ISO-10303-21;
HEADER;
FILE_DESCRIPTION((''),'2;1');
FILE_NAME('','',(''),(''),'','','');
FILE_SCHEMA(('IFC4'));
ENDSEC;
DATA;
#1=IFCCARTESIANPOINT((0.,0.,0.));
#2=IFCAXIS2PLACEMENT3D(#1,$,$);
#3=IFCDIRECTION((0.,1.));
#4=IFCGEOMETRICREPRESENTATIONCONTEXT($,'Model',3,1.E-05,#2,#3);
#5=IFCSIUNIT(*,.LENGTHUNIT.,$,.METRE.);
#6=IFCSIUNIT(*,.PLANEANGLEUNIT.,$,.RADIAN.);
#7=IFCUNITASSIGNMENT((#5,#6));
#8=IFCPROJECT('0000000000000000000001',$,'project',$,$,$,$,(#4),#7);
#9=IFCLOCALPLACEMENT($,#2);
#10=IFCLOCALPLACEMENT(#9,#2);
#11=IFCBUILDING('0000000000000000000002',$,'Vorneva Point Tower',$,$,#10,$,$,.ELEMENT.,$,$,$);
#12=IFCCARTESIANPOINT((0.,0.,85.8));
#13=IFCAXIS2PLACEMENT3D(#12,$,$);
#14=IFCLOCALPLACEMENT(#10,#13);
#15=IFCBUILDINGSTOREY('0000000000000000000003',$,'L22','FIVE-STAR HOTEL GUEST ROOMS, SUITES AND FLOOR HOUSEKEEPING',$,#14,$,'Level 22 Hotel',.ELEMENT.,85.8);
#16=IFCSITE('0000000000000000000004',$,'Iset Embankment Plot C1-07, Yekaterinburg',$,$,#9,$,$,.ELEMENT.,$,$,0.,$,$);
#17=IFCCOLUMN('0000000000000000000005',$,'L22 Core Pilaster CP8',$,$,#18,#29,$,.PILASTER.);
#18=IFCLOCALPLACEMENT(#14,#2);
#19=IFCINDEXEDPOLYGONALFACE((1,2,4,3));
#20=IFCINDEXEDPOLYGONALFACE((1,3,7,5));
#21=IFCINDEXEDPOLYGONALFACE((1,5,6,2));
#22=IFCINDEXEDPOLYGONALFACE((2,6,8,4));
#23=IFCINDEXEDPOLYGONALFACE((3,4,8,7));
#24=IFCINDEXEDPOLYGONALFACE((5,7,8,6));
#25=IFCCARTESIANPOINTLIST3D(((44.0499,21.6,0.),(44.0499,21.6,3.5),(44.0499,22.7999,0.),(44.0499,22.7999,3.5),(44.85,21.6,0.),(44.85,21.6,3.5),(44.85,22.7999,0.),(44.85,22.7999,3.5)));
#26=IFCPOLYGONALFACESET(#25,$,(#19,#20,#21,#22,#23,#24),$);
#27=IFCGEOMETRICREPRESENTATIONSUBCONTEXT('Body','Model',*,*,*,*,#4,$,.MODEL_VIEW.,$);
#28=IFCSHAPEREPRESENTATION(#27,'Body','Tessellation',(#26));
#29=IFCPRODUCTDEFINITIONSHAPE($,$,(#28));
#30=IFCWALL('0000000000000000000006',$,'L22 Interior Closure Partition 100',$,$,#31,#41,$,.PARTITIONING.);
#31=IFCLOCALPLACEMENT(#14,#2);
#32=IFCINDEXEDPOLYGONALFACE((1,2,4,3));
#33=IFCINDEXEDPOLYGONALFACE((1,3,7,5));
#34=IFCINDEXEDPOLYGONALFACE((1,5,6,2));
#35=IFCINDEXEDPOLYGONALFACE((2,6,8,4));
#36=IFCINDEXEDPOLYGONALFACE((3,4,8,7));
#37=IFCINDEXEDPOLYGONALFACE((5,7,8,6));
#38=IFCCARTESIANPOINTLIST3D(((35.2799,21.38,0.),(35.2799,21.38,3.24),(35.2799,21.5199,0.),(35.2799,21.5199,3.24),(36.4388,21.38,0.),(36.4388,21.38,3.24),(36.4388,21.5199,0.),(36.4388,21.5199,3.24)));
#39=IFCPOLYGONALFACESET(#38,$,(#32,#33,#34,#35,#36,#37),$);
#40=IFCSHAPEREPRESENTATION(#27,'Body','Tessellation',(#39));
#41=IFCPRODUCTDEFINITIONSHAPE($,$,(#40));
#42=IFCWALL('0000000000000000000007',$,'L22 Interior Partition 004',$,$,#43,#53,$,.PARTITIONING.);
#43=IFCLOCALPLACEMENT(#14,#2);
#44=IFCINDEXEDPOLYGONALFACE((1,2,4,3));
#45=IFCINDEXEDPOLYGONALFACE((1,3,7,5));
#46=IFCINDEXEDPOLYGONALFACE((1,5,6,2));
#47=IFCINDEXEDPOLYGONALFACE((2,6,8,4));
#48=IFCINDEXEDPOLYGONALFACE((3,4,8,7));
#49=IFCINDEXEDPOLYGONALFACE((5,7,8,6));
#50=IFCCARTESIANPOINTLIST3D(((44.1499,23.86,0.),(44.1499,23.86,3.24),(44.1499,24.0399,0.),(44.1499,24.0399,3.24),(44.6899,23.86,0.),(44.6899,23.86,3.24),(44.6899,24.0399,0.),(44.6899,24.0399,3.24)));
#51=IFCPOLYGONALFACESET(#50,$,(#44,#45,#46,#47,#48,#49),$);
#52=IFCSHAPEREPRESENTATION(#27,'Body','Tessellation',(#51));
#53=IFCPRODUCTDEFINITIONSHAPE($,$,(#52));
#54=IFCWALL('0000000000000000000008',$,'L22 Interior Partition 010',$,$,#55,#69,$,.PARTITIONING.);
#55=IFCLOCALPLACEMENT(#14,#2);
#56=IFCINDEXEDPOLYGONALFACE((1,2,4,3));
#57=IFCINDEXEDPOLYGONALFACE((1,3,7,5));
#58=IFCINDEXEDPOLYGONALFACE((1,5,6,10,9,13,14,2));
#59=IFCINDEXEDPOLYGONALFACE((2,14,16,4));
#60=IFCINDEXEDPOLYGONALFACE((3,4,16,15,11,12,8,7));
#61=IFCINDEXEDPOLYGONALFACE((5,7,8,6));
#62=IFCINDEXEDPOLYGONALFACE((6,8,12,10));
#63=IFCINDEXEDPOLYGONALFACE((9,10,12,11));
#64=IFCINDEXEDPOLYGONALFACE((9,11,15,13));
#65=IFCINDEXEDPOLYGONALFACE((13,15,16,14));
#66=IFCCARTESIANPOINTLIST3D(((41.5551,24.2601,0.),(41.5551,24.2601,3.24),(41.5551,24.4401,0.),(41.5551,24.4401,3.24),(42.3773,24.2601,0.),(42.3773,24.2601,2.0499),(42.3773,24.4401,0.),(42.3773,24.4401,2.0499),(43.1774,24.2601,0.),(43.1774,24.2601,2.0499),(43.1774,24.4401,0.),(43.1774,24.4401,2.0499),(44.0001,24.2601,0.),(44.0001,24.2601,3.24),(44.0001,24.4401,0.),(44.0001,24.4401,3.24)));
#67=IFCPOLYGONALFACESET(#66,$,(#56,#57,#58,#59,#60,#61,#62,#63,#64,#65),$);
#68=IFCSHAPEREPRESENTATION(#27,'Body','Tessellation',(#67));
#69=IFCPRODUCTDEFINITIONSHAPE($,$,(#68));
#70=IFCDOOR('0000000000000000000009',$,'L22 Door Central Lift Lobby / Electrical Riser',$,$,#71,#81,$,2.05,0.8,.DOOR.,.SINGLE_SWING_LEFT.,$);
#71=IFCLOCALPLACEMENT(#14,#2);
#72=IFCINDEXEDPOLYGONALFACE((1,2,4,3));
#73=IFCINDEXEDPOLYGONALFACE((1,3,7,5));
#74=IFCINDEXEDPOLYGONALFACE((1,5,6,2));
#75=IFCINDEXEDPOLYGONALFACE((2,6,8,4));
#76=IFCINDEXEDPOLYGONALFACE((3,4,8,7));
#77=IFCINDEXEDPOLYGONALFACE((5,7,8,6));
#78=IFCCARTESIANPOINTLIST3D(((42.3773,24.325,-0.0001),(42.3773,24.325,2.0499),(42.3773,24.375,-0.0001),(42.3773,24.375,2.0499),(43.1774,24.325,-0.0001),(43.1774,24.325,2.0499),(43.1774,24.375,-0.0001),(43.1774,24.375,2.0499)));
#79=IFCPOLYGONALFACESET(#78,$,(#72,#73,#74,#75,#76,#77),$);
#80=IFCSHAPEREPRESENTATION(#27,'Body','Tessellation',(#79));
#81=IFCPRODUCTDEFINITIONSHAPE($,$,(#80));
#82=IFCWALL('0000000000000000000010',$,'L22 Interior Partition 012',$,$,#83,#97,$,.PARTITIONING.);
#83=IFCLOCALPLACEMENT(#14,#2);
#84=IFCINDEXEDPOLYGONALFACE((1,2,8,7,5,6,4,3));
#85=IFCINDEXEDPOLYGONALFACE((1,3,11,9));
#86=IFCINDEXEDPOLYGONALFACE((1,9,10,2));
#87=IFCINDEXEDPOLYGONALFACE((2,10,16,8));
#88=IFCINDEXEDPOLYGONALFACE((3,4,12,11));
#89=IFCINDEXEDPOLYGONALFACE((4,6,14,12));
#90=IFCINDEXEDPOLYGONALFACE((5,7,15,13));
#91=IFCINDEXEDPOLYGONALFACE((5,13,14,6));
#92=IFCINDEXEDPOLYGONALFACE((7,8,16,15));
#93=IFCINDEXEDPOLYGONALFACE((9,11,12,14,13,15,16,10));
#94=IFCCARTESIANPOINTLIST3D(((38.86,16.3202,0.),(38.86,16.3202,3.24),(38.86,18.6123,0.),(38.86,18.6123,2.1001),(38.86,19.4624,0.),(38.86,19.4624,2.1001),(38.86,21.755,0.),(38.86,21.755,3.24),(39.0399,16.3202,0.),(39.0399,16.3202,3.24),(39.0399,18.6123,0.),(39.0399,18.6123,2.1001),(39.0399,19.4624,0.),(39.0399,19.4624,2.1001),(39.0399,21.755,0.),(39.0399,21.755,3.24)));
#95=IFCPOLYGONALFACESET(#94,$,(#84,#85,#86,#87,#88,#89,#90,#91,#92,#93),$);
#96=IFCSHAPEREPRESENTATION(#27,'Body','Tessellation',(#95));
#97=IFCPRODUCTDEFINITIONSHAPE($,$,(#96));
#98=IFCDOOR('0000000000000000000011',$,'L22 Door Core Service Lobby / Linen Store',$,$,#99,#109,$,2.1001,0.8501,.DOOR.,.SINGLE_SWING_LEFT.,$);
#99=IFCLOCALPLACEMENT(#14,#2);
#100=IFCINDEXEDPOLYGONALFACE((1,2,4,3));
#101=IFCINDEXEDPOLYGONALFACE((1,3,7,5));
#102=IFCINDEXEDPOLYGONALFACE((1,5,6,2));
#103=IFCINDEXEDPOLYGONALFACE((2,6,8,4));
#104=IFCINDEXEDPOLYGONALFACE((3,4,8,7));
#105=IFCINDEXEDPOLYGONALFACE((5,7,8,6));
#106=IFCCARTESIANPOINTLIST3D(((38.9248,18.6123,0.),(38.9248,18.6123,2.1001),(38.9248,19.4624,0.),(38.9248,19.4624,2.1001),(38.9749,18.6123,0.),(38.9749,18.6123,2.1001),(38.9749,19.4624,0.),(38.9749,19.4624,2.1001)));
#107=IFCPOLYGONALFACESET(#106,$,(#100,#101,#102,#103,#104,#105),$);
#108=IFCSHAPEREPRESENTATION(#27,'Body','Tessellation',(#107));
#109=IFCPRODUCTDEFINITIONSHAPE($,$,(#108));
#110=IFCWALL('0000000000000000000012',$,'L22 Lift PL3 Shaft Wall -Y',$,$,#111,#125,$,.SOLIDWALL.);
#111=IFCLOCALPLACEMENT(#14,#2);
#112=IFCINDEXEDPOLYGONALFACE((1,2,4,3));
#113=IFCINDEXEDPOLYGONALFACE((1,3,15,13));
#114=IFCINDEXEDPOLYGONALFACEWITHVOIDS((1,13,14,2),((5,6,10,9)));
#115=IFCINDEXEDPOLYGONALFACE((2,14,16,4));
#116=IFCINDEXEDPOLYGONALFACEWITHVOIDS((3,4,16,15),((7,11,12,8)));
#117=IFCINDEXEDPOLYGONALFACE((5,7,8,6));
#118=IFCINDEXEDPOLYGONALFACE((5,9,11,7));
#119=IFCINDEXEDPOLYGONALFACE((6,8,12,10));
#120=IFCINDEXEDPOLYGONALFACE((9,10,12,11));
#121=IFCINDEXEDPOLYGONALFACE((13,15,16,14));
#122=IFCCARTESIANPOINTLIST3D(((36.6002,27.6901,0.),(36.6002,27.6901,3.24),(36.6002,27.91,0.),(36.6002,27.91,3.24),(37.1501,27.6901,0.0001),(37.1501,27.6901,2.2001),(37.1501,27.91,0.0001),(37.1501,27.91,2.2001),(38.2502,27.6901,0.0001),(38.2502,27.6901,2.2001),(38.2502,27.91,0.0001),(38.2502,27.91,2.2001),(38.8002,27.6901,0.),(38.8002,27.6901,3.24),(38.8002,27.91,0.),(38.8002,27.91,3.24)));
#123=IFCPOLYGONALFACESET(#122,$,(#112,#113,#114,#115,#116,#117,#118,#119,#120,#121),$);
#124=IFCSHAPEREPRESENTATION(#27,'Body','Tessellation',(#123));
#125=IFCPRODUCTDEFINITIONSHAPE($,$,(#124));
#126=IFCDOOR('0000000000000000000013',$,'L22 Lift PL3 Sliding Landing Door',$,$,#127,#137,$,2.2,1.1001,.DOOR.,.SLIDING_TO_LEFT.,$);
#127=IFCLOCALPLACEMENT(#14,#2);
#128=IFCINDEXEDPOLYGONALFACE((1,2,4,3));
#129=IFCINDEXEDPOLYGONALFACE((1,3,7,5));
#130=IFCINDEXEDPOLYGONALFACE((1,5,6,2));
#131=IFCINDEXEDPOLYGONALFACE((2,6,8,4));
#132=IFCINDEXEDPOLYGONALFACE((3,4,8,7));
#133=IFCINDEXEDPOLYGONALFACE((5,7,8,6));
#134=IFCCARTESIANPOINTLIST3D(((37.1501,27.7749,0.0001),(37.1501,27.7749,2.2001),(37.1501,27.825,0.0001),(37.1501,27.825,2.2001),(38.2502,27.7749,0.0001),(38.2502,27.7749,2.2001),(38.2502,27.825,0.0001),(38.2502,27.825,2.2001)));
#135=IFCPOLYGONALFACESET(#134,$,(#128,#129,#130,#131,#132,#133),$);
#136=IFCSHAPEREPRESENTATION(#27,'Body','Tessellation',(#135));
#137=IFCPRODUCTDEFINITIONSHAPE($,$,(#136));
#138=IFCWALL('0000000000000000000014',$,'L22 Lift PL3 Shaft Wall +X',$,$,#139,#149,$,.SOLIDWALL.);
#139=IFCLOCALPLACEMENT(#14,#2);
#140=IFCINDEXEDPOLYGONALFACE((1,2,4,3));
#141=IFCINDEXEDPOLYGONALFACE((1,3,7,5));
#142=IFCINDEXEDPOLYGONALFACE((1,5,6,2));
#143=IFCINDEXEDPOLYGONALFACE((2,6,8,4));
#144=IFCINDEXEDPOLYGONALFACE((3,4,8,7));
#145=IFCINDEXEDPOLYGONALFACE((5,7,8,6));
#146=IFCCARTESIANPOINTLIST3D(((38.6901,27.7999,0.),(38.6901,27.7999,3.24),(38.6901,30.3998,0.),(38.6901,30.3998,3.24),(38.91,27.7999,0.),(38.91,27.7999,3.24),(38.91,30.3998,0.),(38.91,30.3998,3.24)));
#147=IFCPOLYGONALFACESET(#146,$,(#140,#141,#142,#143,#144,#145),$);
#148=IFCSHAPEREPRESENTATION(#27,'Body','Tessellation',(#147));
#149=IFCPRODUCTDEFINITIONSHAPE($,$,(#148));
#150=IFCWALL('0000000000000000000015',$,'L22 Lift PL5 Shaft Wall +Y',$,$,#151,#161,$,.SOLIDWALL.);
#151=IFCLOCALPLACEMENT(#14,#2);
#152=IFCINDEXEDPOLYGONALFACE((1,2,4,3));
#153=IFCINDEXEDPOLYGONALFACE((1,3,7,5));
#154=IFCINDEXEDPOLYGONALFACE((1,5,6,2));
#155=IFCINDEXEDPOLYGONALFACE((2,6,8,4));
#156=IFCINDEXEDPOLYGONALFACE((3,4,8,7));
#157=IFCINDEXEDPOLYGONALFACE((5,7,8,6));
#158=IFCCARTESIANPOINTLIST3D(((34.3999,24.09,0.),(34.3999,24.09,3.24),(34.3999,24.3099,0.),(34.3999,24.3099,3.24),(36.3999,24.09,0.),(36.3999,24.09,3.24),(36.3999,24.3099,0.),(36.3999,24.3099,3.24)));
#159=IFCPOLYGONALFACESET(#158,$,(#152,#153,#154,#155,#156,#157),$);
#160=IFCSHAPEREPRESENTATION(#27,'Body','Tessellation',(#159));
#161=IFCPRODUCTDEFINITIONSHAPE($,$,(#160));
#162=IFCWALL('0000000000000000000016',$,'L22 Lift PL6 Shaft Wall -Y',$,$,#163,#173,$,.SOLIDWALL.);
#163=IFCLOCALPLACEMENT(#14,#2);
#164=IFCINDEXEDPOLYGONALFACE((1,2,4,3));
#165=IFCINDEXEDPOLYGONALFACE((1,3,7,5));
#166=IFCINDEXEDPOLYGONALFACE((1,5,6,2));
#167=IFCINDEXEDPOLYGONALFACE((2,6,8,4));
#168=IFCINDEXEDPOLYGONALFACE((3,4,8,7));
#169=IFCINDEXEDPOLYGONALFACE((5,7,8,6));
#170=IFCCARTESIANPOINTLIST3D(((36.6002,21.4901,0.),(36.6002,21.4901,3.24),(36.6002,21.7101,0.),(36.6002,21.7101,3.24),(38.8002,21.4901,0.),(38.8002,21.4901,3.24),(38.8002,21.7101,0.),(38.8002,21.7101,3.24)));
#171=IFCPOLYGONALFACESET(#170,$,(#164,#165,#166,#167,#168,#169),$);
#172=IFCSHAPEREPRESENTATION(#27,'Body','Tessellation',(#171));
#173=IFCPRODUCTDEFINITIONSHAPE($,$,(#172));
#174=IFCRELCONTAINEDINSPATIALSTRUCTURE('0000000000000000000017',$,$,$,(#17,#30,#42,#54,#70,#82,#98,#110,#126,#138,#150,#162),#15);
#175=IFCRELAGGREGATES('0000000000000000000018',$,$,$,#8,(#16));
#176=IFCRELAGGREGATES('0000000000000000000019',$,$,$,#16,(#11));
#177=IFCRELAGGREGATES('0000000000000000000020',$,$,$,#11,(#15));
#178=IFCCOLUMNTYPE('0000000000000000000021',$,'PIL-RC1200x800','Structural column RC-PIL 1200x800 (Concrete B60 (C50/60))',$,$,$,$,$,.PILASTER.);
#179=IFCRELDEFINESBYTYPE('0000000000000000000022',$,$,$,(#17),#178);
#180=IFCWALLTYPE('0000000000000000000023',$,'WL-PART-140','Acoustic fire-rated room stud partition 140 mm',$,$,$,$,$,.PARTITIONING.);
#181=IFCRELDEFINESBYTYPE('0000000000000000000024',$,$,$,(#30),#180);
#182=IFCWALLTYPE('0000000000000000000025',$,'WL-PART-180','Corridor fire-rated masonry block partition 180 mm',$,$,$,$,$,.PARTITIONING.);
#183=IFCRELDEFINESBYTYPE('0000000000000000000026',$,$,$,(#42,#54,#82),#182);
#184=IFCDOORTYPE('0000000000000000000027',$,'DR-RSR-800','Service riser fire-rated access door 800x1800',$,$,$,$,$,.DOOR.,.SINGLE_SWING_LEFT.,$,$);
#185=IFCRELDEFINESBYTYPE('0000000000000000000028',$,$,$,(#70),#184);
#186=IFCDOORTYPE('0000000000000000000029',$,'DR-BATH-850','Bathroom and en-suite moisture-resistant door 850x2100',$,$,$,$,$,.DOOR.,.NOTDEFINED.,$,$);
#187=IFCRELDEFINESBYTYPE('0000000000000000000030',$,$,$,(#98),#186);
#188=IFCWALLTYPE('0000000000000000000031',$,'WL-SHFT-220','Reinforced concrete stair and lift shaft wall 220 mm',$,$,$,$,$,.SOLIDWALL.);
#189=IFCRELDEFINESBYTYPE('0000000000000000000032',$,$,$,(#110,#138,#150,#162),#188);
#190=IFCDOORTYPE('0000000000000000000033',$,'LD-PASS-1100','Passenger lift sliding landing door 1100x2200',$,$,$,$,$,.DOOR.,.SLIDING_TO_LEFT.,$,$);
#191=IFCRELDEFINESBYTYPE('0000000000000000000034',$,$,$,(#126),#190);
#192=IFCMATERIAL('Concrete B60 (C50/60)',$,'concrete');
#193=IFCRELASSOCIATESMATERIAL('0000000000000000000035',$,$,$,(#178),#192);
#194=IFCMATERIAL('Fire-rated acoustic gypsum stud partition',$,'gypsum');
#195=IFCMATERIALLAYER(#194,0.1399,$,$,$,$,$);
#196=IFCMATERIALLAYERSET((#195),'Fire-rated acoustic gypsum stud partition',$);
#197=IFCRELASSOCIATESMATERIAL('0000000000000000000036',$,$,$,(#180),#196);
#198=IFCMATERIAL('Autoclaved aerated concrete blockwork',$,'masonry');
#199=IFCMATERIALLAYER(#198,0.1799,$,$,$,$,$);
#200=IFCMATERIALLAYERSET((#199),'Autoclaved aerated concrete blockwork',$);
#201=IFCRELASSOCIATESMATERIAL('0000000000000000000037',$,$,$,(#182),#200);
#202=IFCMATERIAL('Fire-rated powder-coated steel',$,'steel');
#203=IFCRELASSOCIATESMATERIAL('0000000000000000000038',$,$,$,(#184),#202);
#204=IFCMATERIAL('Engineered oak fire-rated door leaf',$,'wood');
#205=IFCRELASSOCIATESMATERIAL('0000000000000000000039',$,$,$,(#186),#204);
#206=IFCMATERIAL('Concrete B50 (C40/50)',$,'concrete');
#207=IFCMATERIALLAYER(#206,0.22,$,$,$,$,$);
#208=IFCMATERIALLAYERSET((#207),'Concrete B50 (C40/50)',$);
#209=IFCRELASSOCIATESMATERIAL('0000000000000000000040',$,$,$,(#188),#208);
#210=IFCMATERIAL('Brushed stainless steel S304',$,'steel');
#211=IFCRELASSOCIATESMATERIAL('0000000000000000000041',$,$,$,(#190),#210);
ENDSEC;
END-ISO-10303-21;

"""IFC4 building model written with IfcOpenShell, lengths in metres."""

from ifc_helpers import new_model, si_unit, direction, frame, frame_2d, origin, origin_2d, place, context, subcontext, project, spatial, rectangle, extrude, material, layer, layer_set, material_profile, profile_set, type_object, element, fill, save


model = new_model("IFC4")

# Units and contexts
model_context = context("Model", 3, precision=1e-05, world=origin(), true_north=direction((0.0, 1.0)))
body_context = subcontext(model_context, "Body", "Model", "MODEL_VIEW")
ifc_project = project(units=[si_unit("LENGTHUNIT", "METRE"), si_unit("PLANEANGLEUNIT", "RADIAN")], contexts=[model_context])

# Site, building, storey
site_placement = place(None, origin())
site = spatial("IfcSite", under=ifc_project, at=site_placement, Name="Iset Embankment Plot C1-07, Yekaterinburg", CompositionType="ELEMENT", RefElevation=0.0)
building_placement = place(site_placement, origin())
building = spatial("IfcBuilding", under=site, at=building_placement, Name="Vorneva Point Tower", CompositionType="ELEMENT")
storey_placement = place(building_placement, frame((0.0, 0.0, 85.8)))
storey = spatial("IfcBuildingStorey", under=building, at=storey_placement, Name="L22", Description="FIVE-STAR HOTEL GUEST ROOMS, SUITES AND FLOOR HOUSEKEEPING", LongName="Level 22 Hotel", CompositionType="ELEMENT", Elevation=85.8)

# Column
ifc_material_1 = material(Name="Concrete B60 (C50/60)", Category="concrete")
ifc_material_profile = material_profile(ifc_material_1, rectangle(XDim=0.8, YDim=1.2, at=origin_2d()), Name="RC-PIL 1200x800")
ifc_profile_set = profile_set([ifc_material_profile], Name="Concrete B60 (C50/60)")
column_type = type_object("IfcColumnType", Name="PIL-RC1200x800", Description="Structural column RC-PIL 1200x800 (Concrete B60 (C50/60))", PredefinedType="PILASTER", material=ifc_profile_set)
column_placement = place(storey_placement, frame((44.45, 22.2, 0.0), z_axis=(0.0, 0.0, 1.0), x_axis=(1.0, 0.0, 0.0)))
element("IfcColumn", 1, at=column_placement, inside=storey, type_object=column_type, Name="L22 Core Pilaster CP8", PredefinedType="PILASTER", context=body_context, shape_type="SweptSolid", body=[
    extrude(rectangle(XDim=0.8, YDim=1.2, at=origin_2d()), origin(), (0.0, 0.0, 1.0), 3.5),
])

# Walls
ifc_material_2 = material(Name="Fire-rated acoustic gypsum stud partition", Category="gypsum")
ifc_layer_1 = layer(ifc_material_2, 0.1399)
ifc_layer_set_1 = layer_set([ifc_layer_1], Name="Fire-rated acoustic gypsum stud partition")
wall_type_1 = type_object("IfcWallType", Name="WL-PART-140", Description="Acoustic fire-rated room stud partition 140 mm", PredefinedType="PARTITIONING", material=ifc_layer_set_1)
wall_1_placement = place(storey_placement, frame((36.439, 21.45, 0.0), z_axis=(0.0, 0.0, 1.0), x_axis=(-1.0, 0.0, 0.0)))
element("IfcWall", 2, at=wall_1_placement, inside=storey, type_object=wall_type_1, Name="L22 Interior Closure Partition 100", PredefinedType="PARTITIONING", context=body_context, shape_type="SweptSolid", body=[
    extrude(rectangle(XDim=1.1589, YDim=0.1399, at=frame_2d((0.5796, 0.0))), origin(), (0.0, 0.0, 1.0), 3.24),
])
ifc_material_3 = material(Name="Autoclaved aerated concrete blockwork", Category="masonry")
ifc_layer_2 = layer(ifc_material_3, 0.1799)
ifc_layer_set_2 = layer_set([ifc_layer_2], Name="Autoclaved aerated concrete blockwork")
wall_type_2 = type_object("IfcWallType", Name="WL-PART-180", Description="Corridor fire-rated masonry block partition 180 mm", PredefinedType="PARTITIONING", material=ifc_layer_set_2)
wall_2_placement = place(storey_placement, frame((44.1499, 23.95, 0.0), z_axis=(0.0, 0.0, 1.0), x_axis=(1.0, 0.0, 0.0)))
element("IfcWall", 3, at=wall_2_placement, inside=storey, type_object=wall_type_2, Name="L22 Interior Partition 004", PredefinedType="PARTITIONING", context=body_context, shape_type="SweptSolid", body=[
    extrude(rectangle(XDim=0.54, YDim=0.1799, at=frame_2d((0.27, 0.0))), origin(), (0.0, 0.0, 1.0), 3.24),
])

# Walls, openings, doors
ifc_material_4 = material(Name="Fire-rated powder-coated steel", Category="steel")
wall_3_placement = place(storey_placement, frame((41.5549, 24.3501, 0.0), z_axis=(0.0, 0.0, 1.0), x_axis=(1.0, 0.0, 0.0)))
wall_3 = element("IfcWall", 4, at=wall_3_placement, inside=storey, type_object=wall_type_2, Name="L22 Interior Partition 010", PredefinedType="PARTITIONING", context=body_context, shape_type="SweptSolid", body=[
    extrude(rectangle(XDim=2.4451, YDim=0.1799, at=frame_2d((1.2227, 0.0))), origin(), (0.0, 0.0, 1.0), 3.24),
])
opening_1_placement = place(wall_3_placement, frame((0.8225, 0.0, 0.0)))
opening_1 = element("IfcOpeningElement", 5, at=opening_1_placement, cuts=wall_3, PredefinedType="OPENING", context=body_context, shape_type="SweptSolid", body=[
    extrude(rectangle(XDim=0.8, YDim=2.05, at=frame_2d((0.3999, 1.0249))), frame((0.0, 0.105, 0.0), z_axis=(0.0, -1.0, 0.0), x_axis=(1.0, 0.0, 0.0)), (0.0, 0.0, 1.0), 0.2097),
])
door_type_1 = type_object("IfcDoorType", Name="DR-RSR-800", Description="Service riser fire-rated access door 800x1800", OperationType="SINGLE_SWING_LEFT", PredefinedType="DOOR", material=ifc_material_4)
door_1_placement = place(opening_1_placement, origin())
door_1 = element("IfcDoor", 6, at=door_1_placement, inside=storey, type_object=door_type_1, Name="L22 Door Central Lift Lobby / Electrical Riser", OperationType="SINGLE_SWING_LEFT", OverallHeight=2.05, OverallWidth=0.8, PredefinedType="DOOR", context=body_context, shape_type="SweptSolid", body=[
    extrude(rectangle(XDim=0.8, YDim=2.05, at=frame_2d((0.3999, 1.0249))), frame((0.0, 0.0249, 0.0), z_axis=(0.0, -1.0, 0.0), x_axis=(1.0, 0.0, 0.0)), (0.0, 0.0, 1.0), 0.05),
])
fill(opening_1, door_1)
wall_4_placement = place(storey_placement, frame((38.95, 21.7549, 0.0), z_axis=(0.0, 0.0, 1.0), x_axis=(0.0, -1.0, 0.0)))
wall_4 = element("IfcWall", 7, at=wall_4_placement, inside=storey, type_object=wall_type_2, Name="L22 Interior Partition 012", PredefinedType="PARTITIONING", context=body_context, shape_type="SweptSolid", body=[
    extrude(rectangle(XDim=5.4348, YDim=0.1799, at=frame_2d((2.7173, 0.0))), origin(), (0.0, 0.0, 1.0), 3.24),
])
opening_2_placement = place(wall_4_placement, frame((2.2925, 0.0, 0.0)))
opening_2 = element("IfcOpeningElement", 8, at=opening_2_placement, cuts=wall_4, PredefinedType="OPENING", context=body_context, shape_type="SweptSolid", body=[
    extrude(rectangle(XDim=0.8501, YDim=2.1001, at=frame_2d((0.425, 1.05))), frame((0.0, 0.105, 0.0), z_axis=(0.0, -1.0, 0.0), x_axis=(1.0, 0.0, 0.0)), (0.0, 0.0, 1.0), 0.2097),
])
ifc_material_5 = material(Name="Engineered oak fire-rated door leaf", Category="wood")
door_type_2 = type_object("IfcDoorType", Name="DR-BATH-850", Description="Bathroom and en-suite moisture-resistant door 850x2100", OperationType="NOTDEFINED", PredefinedType="DOOR", material=ifc_material_5)
door_2_placement = place(opening_2_placement, origin())
door_2 = element("IfcDoor", 9, at=door_2_placement, inside=storey, type_object=door_type_2, Name="L22 Door Core Service Lobby / Linen Store", OperationType="SINGLE_SWING_LEFT", OverallHeight=2.1001, OverallWidth=0.8501, PredefinedType="DOOR", context=body_context, shape_type="SweptSolid", body=[
    extrude(rectangle(XDim=0.8501, YDim=2.1001, at=frame_2d((0.425, 1.05))), frame((0.0, 0.0249, 0.0), z_axis=(0.0, -1.0, 0.0), x_axis=(1.0, 0.0, 0.0)), (0.0, 0.0, 1.0), 0.05),
])
fill(opening_2, door_2)
ifc_material_6 = material(Name="Concrete B50 (C40/50)", Category="concrete")
ifc_layer_3 = layer(ifc_material_6, 0.22)
ifc_layer_set_3 = layer_set([ifc_layer_3], Name="Concrete B50 (C40/50)")
wall_type_3 = type_object("IfcWallType", Name="WL-SHFT-220", Description="Reinforced concrete stair and lift shaft wall 220 mm", PredefinedType="SOLIDWALL", material=ifc_layer_set_3)
wall_5_placement = place(storey_placement, frame((36.6001, 27.8, 0.0), z_axis=(0.0, 0.0, 1.0), x_axis=(1.0, 0.0, 0.0)))
wall_5 = element("IfcWall", 10, at=wall_5_placement, inside=storey, type_object=wall_type_3, Name="L22 Lift PL3 Shaft Wall -Y", PredefinedType="SOLIDWALL", context=body_context, shape_type="SweptSolid", body=[
    extrude(rectangle(XDim=2.2, YDim=0.22, at=frame_2d((1.1001, 0.0))), origin(), (0.0, 0.0, 1.0), 3.24),
])
opening_3_placement = place(wall_5_placement, frame((0.55, 0.0, 0.0)))
opening_3 = element("IfcOpeningElement", 11, at=opening_3_placement, cuts=wall_5, PredefinedType="OPENING", context=body_context, shape_type="SweptSolid", body=[
    extrude(rectangle(XDim=1.1001, YDim=2.2, at=frame_2d((0.55, 1.1001))), frame((0.0, 0.125, 0.0), z_axis=(0.0, -1.0, 0.0), x_axis=(1.0, 0.0, 0.0)), (0.0, 0.0, 1.0), 0.2498),
])
ifc_material_7 = material(Name="Brushed stainless steel S304", Category="steel")
door_type_3 = type_object("IfcDoorType", Name="LD-PASS-1100", Description="Passenger lift sliding landing door 1100x2200", OperationType="SLIDING_TO_LEFT", PredefinedType="DOOR", material=ifc_material_7)
door_3_placement = place(opening_3_placement, origin())
door_3 = element("IfcDoor", 12, at=door_3_placement, inside=storey, type_object=door_type_3, Name="L22 Lift PL3 Sliding Landing Door", OperationType="SLIDING_TO_LEFT", OverallHeight=2.2, OverallWidth=1.1001, PredefinedType="DOOR", context=body_context, shape_type="SweptSolid", body=[
    extrude(rectangle(XDim=1.1001, YDim=2.2, at=frame_2d((0.55, 1.1001))), frame((0.0, 0.0249, 0.0), z_axis=(0.0, -1.0, 0.0), x_axis=(1.0, 0.0, 0.0)), (0.0, 0.0, 1.0), 0.05),
])
fill(opening_3, door_3)

# Walls
wall_6_placement = place(storey_placement, frame((38.8, 27.8, 0.0), z_axis=(0.0, 0.0, 1.0), x_axis=(0.0, 1.0, 0.0)))
element("IfcWall", 13, at=wall_6_placement, inside=storey, type_object=wall_type_3, Name="L22 Lift PL3 Shaft Wall +X", PredefinedType="SOLIDWALL", context=body_context, shape_type="SweptSolid", body=[
    extrude(rectangle(XDim=2.5999, YDim=0.22, at=frame_2d((1.2998, 0.0))), origin(), (0.0, 0.0, 1.0), 3.24),
])
wall_7_placement = place(storey_placement, frame((36.3999, 24.2, 0.0), z_axis=(0.0, 0.0, 1.0), x_axis=(-1.0, 0.0, 0.0)))
element("IfcWall", 14, at=wall_7_placement, inside=storey, type_object=wall_type_3, Name="L22 Lift PL5 Shaft Wall +Y", PredefinedType="SOLIDWALL", context=body_context, shape_type="SweptSolid", body=[
    extrude(rectangle(XDim=2.0, YDim=0.22, at=frame_2d((1.0, 0.0))), origin(), (0.0, 0.0, 1.0), 3.24),
])
wall_8_placement = place(storey_placement, frame((36.6001, 21.6001, 0.0), z_axis=(0.0, 0.0, 1.0), x_axis=(1.0, 0.0, 0.0)))
element("IfcWall", 15, at=wall_8_placement, inside=storey, type_object=wall_type_3, Name="L22 Lift PL6 Shaft Wall -Y", PredefinedType="SOLIDWALL", context=body_context, shape_type="SweptSolid", body=[
    extrude(rectangle(XDim=2.2, YDim=0.22, at=frame_2d((1.1001, 0.0))), origin(), (0.0, 0.0, 1.0), 3.24),
])

save(model, "model.ifc")
